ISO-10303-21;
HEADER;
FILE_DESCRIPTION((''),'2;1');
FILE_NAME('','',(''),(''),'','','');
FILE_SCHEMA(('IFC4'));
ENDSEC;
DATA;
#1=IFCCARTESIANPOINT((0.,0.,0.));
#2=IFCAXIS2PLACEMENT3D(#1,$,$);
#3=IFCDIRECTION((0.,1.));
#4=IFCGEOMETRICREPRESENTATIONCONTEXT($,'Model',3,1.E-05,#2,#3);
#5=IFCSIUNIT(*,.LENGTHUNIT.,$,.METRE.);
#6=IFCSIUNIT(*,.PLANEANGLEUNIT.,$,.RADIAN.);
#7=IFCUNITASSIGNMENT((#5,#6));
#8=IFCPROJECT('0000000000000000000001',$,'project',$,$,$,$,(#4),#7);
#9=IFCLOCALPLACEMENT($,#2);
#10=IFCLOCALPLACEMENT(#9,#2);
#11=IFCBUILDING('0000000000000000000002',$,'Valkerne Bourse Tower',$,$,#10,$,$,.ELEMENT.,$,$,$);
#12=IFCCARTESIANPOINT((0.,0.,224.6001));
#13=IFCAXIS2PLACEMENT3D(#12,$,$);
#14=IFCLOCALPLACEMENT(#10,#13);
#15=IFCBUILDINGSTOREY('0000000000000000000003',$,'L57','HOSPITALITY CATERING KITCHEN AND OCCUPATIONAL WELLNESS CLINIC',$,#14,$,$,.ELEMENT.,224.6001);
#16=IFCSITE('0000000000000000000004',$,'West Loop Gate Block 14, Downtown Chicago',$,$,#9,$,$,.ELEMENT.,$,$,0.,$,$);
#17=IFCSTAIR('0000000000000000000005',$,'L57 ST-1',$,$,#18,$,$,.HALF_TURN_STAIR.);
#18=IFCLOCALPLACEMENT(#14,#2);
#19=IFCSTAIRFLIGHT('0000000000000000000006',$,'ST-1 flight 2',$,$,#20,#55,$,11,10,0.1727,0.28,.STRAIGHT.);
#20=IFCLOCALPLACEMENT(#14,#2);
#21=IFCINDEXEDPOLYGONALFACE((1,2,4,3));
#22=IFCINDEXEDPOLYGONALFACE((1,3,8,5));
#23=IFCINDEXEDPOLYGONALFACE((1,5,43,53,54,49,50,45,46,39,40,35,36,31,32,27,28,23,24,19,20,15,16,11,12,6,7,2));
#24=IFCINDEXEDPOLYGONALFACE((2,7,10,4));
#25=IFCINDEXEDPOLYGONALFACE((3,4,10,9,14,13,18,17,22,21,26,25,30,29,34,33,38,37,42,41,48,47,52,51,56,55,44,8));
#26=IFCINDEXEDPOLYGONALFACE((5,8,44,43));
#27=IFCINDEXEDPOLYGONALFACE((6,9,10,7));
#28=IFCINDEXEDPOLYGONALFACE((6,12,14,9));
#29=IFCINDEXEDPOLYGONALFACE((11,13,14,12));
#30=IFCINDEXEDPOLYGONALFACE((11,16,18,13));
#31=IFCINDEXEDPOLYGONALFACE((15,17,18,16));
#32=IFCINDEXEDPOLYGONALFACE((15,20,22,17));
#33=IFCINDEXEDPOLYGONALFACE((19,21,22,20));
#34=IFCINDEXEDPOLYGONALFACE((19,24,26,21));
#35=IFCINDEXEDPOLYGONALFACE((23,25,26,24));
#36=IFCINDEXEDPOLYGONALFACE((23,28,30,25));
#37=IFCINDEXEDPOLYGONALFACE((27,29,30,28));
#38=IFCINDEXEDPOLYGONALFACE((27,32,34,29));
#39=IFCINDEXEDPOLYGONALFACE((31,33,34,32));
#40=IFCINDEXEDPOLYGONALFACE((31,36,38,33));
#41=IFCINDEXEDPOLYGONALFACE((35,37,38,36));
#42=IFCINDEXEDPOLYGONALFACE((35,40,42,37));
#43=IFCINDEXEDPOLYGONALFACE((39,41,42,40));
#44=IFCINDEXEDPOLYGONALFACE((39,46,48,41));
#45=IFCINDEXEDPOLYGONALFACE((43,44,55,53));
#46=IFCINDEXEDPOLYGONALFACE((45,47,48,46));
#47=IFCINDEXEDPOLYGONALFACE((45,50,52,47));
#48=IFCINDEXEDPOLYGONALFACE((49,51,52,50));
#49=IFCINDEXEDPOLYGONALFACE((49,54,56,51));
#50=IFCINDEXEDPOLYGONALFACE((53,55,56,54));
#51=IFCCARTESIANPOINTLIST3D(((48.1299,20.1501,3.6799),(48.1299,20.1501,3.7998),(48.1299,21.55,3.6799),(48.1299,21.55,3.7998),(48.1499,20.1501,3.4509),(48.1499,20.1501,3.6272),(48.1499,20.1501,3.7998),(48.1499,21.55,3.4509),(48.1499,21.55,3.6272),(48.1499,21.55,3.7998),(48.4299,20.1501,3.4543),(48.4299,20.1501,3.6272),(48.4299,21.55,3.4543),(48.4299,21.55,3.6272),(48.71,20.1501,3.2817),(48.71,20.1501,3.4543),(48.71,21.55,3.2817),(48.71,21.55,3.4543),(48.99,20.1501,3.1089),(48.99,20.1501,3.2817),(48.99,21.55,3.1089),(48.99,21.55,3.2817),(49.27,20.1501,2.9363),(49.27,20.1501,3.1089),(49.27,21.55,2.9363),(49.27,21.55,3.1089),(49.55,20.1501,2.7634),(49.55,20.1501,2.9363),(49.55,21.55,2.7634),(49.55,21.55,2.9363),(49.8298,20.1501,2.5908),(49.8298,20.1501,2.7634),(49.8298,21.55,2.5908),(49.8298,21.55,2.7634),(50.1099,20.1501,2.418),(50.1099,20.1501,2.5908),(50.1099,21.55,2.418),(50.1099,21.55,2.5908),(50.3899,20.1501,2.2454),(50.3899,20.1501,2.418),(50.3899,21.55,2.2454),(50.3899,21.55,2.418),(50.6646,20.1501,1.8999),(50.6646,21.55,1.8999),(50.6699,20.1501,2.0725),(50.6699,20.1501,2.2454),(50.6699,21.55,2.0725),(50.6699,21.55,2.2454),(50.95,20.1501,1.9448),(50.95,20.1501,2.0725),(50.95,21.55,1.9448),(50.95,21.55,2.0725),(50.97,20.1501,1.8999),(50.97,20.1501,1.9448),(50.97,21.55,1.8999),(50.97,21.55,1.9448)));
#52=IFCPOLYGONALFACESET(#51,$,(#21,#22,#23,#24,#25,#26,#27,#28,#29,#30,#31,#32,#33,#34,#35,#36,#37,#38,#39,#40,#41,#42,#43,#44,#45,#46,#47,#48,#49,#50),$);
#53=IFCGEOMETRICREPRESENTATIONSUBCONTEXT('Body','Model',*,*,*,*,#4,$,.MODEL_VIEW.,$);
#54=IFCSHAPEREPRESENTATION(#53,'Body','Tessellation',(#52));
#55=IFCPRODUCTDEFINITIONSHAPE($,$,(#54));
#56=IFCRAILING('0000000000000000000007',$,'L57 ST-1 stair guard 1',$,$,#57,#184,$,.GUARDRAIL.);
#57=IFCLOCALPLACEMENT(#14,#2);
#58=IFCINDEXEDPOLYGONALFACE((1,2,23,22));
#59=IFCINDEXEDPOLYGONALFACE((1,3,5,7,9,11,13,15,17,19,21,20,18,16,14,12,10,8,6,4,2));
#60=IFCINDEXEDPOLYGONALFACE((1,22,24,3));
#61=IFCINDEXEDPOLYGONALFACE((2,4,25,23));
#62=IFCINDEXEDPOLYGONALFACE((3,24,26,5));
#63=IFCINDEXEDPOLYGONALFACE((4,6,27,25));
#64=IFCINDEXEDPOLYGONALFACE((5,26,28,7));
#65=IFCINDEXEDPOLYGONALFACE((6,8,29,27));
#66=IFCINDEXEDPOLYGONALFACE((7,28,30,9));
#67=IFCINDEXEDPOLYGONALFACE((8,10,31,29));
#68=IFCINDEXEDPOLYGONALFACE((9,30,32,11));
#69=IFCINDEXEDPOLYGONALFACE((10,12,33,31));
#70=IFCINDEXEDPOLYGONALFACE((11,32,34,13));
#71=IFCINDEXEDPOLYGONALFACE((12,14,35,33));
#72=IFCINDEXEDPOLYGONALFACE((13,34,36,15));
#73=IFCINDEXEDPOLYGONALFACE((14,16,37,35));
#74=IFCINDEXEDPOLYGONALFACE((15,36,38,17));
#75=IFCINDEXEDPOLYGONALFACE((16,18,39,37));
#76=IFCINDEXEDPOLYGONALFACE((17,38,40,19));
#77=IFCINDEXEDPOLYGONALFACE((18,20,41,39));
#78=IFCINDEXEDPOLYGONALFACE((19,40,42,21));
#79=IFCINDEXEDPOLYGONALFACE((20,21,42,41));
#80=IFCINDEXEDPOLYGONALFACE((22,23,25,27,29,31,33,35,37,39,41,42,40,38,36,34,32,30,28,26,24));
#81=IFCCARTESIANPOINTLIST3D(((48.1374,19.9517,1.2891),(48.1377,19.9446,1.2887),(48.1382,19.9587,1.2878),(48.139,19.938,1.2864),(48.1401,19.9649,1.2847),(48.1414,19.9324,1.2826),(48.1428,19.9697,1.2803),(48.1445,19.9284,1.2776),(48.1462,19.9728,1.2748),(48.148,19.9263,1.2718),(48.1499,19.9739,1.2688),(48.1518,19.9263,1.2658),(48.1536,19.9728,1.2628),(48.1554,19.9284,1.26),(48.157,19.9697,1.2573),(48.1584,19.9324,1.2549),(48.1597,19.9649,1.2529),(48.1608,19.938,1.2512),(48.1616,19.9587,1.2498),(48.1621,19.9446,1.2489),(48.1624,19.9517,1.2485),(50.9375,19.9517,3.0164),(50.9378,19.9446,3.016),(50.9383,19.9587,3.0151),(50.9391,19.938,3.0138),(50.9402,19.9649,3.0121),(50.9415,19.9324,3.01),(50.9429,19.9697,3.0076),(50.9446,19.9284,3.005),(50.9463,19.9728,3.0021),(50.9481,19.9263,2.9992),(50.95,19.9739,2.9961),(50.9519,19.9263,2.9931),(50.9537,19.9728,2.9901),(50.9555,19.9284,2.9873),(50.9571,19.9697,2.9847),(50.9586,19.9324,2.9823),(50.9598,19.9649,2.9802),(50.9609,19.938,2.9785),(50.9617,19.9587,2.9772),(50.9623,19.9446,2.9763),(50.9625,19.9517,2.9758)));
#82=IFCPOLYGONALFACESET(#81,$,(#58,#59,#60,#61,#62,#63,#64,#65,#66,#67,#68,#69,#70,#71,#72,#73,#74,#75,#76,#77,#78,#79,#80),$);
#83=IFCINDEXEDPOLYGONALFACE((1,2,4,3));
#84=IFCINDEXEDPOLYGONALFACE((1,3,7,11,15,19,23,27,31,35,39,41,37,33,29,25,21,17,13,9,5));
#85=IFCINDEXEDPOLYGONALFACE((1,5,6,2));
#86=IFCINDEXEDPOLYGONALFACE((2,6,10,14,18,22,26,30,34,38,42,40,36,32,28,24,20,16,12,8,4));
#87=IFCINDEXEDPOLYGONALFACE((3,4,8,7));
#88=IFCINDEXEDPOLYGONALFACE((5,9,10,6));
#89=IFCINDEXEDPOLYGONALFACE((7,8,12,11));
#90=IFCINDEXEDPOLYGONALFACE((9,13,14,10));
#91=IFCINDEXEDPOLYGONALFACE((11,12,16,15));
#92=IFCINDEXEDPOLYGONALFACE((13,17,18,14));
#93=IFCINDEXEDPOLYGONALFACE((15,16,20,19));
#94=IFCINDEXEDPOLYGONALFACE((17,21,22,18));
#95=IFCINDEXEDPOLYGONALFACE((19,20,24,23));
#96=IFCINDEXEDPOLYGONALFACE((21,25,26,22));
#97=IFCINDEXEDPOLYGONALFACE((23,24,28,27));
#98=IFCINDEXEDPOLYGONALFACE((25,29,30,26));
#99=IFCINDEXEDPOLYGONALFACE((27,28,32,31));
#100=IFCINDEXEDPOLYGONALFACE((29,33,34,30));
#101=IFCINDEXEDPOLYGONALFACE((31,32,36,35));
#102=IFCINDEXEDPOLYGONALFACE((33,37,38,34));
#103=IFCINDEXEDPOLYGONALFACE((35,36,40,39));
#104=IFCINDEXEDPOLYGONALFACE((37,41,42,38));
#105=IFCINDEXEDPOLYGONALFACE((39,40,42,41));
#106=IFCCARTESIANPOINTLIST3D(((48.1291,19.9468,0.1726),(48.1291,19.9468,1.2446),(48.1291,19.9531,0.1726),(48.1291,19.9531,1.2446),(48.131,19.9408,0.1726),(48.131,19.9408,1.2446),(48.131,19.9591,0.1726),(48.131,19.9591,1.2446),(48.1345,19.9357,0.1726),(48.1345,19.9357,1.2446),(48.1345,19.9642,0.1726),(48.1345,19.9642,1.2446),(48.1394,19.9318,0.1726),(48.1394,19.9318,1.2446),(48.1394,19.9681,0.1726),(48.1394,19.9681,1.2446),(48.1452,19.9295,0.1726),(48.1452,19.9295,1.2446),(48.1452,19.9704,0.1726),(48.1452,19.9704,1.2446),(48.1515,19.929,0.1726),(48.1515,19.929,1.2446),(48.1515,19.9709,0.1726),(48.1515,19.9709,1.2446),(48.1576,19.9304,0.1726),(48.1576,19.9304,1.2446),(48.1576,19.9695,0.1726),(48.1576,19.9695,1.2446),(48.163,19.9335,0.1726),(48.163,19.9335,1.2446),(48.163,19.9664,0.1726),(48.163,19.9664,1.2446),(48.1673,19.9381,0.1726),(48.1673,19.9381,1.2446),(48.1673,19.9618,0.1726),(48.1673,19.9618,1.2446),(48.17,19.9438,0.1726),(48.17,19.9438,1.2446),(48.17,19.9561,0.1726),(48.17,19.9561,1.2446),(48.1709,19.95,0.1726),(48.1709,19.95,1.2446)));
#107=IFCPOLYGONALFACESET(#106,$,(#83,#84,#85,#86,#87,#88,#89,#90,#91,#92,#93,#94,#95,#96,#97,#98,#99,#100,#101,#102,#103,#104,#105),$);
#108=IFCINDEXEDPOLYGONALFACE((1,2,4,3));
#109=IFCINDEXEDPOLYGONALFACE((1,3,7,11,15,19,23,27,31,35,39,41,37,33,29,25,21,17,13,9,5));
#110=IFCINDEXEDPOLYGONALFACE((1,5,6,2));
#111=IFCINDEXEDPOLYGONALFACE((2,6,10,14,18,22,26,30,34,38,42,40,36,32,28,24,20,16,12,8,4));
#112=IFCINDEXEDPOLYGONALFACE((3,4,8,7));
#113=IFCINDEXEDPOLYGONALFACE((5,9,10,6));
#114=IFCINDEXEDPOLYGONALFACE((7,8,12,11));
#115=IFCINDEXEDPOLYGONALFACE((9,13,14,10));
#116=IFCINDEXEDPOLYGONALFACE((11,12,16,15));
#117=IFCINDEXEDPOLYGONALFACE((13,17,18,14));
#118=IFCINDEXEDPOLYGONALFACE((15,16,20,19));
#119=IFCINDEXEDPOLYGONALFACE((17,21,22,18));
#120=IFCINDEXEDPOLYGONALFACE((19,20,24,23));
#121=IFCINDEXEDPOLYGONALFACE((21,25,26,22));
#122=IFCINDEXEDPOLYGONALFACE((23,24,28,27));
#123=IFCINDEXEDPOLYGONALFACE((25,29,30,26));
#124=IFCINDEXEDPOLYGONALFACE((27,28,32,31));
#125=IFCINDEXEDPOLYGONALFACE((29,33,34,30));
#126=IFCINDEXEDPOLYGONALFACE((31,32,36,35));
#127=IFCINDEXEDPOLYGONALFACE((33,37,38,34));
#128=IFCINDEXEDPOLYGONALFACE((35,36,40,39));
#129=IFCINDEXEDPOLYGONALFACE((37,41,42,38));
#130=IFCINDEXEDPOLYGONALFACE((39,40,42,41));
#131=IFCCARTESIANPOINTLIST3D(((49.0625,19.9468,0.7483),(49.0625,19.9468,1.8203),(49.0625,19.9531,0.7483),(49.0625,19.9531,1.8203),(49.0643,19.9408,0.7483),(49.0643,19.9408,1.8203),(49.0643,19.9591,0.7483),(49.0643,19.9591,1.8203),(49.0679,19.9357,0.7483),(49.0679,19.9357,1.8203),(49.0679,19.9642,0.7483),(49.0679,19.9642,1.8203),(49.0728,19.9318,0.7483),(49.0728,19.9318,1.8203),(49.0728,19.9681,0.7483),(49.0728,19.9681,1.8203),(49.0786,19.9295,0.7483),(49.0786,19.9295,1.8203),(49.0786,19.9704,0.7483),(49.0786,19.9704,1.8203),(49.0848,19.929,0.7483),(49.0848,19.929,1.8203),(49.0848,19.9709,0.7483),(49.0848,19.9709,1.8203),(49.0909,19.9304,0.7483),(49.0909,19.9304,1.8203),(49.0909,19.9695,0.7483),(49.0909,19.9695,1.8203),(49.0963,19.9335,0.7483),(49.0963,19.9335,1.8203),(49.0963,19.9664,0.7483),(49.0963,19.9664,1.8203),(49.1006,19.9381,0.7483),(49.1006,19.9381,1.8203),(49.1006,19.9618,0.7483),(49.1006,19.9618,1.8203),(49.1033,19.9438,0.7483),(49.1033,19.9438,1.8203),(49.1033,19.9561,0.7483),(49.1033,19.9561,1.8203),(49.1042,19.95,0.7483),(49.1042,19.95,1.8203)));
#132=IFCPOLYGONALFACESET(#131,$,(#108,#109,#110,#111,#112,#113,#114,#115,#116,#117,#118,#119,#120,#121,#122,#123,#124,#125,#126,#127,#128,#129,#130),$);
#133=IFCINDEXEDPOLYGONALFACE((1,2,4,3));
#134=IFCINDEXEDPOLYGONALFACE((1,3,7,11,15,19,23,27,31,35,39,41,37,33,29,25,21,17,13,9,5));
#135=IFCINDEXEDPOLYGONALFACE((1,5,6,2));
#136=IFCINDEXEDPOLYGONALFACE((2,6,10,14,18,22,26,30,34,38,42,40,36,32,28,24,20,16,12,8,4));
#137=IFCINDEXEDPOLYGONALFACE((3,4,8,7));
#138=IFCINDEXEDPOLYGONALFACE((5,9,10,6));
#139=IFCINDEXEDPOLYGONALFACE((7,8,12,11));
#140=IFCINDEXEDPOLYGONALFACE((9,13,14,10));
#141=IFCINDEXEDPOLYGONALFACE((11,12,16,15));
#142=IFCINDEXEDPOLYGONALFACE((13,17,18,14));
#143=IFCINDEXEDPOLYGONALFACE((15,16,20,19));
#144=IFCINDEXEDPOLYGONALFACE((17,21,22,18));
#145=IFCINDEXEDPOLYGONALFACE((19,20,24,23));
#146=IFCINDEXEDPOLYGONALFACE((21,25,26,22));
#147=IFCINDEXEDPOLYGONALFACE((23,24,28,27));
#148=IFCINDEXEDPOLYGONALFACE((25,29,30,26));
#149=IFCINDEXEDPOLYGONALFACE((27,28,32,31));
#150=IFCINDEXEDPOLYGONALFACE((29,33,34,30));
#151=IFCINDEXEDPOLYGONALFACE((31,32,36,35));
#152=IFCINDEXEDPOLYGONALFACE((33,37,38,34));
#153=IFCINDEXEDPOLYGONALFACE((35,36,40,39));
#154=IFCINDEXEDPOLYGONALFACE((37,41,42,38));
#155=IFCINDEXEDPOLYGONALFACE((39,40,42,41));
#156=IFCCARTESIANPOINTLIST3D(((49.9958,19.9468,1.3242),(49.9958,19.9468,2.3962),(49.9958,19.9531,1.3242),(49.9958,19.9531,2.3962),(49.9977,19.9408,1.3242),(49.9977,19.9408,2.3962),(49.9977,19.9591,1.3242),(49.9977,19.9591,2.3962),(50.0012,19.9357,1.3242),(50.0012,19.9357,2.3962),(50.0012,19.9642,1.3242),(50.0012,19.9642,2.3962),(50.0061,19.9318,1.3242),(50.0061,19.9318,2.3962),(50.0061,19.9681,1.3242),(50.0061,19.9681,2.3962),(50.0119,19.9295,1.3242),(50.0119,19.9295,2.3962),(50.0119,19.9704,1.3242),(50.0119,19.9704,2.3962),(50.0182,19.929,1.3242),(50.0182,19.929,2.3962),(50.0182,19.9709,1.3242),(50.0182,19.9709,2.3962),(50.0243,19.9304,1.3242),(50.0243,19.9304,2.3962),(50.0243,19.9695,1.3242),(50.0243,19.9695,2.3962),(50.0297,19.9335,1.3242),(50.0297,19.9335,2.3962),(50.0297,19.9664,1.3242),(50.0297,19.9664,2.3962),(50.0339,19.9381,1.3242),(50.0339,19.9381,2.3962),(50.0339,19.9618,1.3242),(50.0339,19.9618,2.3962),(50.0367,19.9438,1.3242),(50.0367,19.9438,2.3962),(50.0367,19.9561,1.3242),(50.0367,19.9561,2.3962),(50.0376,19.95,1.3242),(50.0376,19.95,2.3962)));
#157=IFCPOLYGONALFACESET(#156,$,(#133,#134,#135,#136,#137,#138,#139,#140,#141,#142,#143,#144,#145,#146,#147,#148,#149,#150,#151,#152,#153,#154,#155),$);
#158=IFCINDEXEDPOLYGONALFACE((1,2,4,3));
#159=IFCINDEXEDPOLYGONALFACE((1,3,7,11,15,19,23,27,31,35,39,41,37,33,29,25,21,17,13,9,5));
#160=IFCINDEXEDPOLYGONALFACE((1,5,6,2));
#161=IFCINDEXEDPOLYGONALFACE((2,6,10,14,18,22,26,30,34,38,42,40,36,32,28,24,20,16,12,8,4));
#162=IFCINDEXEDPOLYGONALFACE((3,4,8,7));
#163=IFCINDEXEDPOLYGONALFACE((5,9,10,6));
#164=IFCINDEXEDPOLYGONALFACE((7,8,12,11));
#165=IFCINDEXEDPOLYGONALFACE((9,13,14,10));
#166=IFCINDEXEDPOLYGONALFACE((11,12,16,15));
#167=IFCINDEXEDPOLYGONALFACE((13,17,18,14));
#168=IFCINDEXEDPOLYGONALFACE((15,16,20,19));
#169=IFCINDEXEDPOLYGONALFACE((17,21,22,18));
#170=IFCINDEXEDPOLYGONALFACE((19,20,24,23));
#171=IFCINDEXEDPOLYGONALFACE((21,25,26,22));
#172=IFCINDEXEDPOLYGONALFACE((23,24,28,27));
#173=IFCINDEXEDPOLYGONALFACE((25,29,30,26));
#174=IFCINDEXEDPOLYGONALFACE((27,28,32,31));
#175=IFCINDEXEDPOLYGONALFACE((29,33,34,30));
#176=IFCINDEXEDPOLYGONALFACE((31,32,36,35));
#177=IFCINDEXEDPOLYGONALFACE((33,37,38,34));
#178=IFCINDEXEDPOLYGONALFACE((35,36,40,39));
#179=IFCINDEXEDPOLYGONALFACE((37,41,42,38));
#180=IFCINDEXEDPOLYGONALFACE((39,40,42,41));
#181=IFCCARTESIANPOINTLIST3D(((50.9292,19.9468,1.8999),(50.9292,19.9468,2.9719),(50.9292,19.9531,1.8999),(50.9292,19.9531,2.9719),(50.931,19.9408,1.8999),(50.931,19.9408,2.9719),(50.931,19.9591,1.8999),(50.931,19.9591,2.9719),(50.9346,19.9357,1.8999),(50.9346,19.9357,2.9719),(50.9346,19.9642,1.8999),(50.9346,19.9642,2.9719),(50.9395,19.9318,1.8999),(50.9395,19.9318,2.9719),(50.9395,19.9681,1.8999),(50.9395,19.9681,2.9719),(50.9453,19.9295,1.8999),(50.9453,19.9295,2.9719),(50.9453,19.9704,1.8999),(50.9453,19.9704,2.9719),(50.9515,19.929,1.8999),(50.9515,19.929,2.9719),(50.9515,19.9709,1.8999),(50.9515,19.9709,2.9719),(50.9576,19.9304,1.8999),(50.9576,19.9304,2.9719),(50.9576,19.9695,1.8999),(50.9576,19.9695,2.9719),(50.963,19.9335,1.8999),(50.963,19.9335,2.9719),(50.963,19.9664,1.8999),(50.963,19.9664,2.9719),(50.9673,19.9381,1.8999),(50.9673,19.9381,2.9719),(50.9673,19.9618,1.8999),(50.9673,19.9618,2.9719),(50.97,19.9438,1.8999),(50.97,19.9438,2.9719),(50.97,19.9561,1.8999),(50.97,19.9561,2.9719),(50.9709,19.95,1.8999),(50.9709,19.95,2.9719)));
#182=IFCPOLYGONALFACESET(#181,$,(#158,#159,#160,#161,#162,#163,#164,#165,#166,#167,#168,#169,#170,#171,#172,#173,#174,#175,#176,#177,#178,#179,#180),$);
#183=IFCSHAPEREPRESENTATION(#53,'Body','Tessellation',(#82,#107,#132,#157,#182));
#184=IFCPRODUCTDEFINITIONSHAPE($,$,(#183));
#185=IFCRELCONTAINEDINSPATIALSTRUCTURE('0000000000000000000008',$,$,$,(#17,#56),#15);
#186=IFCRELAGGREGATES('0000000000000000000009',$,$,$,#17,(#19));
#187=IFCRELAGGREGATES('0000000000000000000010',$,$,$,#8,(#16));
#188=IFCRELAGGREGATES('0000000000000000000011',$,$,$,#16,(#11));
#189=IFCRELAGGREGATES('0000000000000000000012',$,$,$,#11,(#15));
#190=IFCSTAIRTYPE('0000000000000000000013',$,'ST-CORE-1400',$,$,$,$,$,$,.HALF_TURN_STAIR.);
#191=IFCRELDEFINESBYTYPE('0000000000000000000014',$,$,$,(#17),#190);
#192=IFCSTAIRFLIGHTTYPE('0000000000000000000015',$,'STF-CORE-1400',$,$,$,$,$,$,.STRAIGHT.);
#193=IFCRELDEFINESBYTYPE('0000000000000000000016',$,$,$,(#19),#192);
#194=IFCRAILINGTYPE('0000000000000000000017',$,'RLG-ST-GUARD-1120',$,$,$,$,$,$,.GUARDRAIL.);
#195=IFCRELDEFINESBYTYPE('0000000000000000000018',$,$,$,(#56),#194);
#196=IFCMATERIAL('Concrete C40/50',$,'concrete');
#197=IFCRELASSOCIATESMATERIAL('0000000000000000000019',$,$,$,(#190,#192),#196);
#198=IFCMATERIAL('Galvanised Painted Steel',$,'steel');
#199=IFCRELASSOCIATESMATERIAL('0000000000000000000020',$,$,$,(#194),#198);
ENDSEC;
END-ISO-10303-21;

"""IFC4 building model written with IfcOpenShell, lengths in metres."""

from ifc_helpers import new_model, si_unit, direction, frame, origin, origin_2d, place, context, subcontext, project, spatial, polyline, circle, outline, extrude, material, type_object, element, aggregate, save


model = new_model("IFC4")

# Units and contexts
model_context = context("Model", 3, precision=1e-05, world=origin(), true_north=direction((0.0, 1.0)))
body_context = subcontext(model_context, "Body", "Model", "MODEL_VIEW")
ifc_project = project(units=[si_unit("LENGTHUNIT", "METRE"), si_unit("PLANEANGLEUNIT", "RADIAN")], contexts=[model_context])

# Site, building, storey
site_placement = place(None, origin())
site = spatial("IfcSite", under=ifc_project, at=site_placement, Name="West Loop Gate Block 14, Downtown Chicago", CompositionType="ELEMENT", RefElevation=0.0)
building_placement = place(site_placement, origin())
building = spatial("IfcBuilding", under=site, at=building_placement, Name="Valkerne Bourse Tower", CompositionType="ELEMENT")
storey_placement = place(building_placement, frame((0.0, 0.0, 224.6001)))
storey = spatial("IfcBuildingStorey", under=building, at=storey_placement, Name="L57", Description="HOSPITALITY CATERING KITCHEN AND OCCUPATIONAL WELLNESS CLINIC", CompositionType="ELEMENT", Elevation=224.6001)

# Shared definitions
ifc_material_1 = material(Name="Galvanised Painted Steel", Category="steel")

# Shared definitions
ifc_material_2 = material(Name="Concrete C40/50", Category="concrete")

# Stair, stair flight
stair_type = type_object("IfcStairType", Name="ST-CORE-1400", PredefinedType="HALF_TURN_STAIR", material=ifc_material_2)
stair_placement = place(storey_placement, origin())
stair = element("IfcStair", 1, at=stair_placement, inside=storey, type_object=stair_type, Name="L57 ST-1", PredefinedType="HALF_TURN_STAIR")
stair_flight_type = type_object("IfcStairFlightType", Name="STF-CORE-1400", PredefinedType="STRAIGHT", material=ifc_material_2)
stair_flight_1_placement = place(storey_placement, frame((50.95, 20.8501, 1.8999), z_axis=(0.0, 0.0, 1.0), x_axis=(-1.0, 0.0, 0.0)))
stair_flight_1 = element("IfcStairFlight", 2, at=stair_flight_1_placement, type_object=stair_flight_type, Name="ST-1 flight 2", NumberOfRisers=11, NumberOfTreads=10, PredefinedType="STRAIGHT", RiserHeight=0.1727, TreadLength=0.28, context=body_context, shape_type="SweptSolid", body=[
    extrude(outline(polyline([(-0.02, 0.0), (-0.02, 0.0449), (0.0, 0.0449), (0.0, 0.1726), (0.28, 0.1726), (0.28, 0.3455), (0.5601, 0.3455), (0.5601, 0.5181), (0.8401, 0.5181), (0.8401, 0.6909), (1.1201, 0.6909), (1.1201, 0.8635), (1.3999, 0.8635), (1.3999, 1.0364), (1.6799, 1.0364), (1.6799, 1.209), (1.96, 1.209), (1.96, 1.3818), (2.24, 1.3818), (2.24, 1.5544), (2.52, 1.5544), (2.52, 1.7273), (2.8, 1.7273), (2.8, 1.8999), (2.8201, 1.8999), (2.8201, 1.78), (2.8, 1.551), (0.2854, 0.0), (-0.02, 0.0)])), frame((0.0, 0.7, 0.0), z_axis=(0.0, -1.0, 0.0), x_axis=(1.0, 0.0, 0.0)), (0.0, 0.0, 1.0), 1.3999),
])
aggregate(stair, [stair_flight_1])

# Railing
railing_type_1 = type_object("IfcRailingType", Name="RLG-ST-GUARD-1120", PredefinedType="GUARDRAIL", material=ifc_material_1)
railing_1_placement = place(storey_placement, frame((48.1499, 19.95, 0.1726)))
element("IfcRailing", 3, at=railing_1_placement, inside=storey, type_object=railing_type_1, Name="L57 ST-1 stair guard 1", PredefinedType="GUARDRAIL", context=body_context, shape_type="SweptSolid", body=[
    extrude(circle(Radius=0.0239, at=origin_2d()), frame((0.0, 0.0, 1.0962), z_axis=(0.85109, 0.0, 0.52502), x_axis=(0.0, 1.0, 0.0)), (0.0, 0.0, 1.0), 3.29),
    extrude(circle(Radius=0.021, at=origin_2d()), origin(), (0.0, 0.0, 1.0), 1.072),
    extrude(circle(Radius=0.021, at=origin_2d()), frame((0.9333, 0.0, 0.5757)), (0.0, 0.0, 1.0), 1.072),
    extrude(circle(Radius=0.021, at=origin_2d()), frame((1.8667, 0.0, 1.1516)), (0.0, 0.0, 1.0), 1.072),
    extrude(circle(Radius=0.021, at=origin_2d()), frame((2.8, 0.0, 1.7273)), (0.0, 0.0, 1.0), 1.072),
])

save(model, "model.ifc")
